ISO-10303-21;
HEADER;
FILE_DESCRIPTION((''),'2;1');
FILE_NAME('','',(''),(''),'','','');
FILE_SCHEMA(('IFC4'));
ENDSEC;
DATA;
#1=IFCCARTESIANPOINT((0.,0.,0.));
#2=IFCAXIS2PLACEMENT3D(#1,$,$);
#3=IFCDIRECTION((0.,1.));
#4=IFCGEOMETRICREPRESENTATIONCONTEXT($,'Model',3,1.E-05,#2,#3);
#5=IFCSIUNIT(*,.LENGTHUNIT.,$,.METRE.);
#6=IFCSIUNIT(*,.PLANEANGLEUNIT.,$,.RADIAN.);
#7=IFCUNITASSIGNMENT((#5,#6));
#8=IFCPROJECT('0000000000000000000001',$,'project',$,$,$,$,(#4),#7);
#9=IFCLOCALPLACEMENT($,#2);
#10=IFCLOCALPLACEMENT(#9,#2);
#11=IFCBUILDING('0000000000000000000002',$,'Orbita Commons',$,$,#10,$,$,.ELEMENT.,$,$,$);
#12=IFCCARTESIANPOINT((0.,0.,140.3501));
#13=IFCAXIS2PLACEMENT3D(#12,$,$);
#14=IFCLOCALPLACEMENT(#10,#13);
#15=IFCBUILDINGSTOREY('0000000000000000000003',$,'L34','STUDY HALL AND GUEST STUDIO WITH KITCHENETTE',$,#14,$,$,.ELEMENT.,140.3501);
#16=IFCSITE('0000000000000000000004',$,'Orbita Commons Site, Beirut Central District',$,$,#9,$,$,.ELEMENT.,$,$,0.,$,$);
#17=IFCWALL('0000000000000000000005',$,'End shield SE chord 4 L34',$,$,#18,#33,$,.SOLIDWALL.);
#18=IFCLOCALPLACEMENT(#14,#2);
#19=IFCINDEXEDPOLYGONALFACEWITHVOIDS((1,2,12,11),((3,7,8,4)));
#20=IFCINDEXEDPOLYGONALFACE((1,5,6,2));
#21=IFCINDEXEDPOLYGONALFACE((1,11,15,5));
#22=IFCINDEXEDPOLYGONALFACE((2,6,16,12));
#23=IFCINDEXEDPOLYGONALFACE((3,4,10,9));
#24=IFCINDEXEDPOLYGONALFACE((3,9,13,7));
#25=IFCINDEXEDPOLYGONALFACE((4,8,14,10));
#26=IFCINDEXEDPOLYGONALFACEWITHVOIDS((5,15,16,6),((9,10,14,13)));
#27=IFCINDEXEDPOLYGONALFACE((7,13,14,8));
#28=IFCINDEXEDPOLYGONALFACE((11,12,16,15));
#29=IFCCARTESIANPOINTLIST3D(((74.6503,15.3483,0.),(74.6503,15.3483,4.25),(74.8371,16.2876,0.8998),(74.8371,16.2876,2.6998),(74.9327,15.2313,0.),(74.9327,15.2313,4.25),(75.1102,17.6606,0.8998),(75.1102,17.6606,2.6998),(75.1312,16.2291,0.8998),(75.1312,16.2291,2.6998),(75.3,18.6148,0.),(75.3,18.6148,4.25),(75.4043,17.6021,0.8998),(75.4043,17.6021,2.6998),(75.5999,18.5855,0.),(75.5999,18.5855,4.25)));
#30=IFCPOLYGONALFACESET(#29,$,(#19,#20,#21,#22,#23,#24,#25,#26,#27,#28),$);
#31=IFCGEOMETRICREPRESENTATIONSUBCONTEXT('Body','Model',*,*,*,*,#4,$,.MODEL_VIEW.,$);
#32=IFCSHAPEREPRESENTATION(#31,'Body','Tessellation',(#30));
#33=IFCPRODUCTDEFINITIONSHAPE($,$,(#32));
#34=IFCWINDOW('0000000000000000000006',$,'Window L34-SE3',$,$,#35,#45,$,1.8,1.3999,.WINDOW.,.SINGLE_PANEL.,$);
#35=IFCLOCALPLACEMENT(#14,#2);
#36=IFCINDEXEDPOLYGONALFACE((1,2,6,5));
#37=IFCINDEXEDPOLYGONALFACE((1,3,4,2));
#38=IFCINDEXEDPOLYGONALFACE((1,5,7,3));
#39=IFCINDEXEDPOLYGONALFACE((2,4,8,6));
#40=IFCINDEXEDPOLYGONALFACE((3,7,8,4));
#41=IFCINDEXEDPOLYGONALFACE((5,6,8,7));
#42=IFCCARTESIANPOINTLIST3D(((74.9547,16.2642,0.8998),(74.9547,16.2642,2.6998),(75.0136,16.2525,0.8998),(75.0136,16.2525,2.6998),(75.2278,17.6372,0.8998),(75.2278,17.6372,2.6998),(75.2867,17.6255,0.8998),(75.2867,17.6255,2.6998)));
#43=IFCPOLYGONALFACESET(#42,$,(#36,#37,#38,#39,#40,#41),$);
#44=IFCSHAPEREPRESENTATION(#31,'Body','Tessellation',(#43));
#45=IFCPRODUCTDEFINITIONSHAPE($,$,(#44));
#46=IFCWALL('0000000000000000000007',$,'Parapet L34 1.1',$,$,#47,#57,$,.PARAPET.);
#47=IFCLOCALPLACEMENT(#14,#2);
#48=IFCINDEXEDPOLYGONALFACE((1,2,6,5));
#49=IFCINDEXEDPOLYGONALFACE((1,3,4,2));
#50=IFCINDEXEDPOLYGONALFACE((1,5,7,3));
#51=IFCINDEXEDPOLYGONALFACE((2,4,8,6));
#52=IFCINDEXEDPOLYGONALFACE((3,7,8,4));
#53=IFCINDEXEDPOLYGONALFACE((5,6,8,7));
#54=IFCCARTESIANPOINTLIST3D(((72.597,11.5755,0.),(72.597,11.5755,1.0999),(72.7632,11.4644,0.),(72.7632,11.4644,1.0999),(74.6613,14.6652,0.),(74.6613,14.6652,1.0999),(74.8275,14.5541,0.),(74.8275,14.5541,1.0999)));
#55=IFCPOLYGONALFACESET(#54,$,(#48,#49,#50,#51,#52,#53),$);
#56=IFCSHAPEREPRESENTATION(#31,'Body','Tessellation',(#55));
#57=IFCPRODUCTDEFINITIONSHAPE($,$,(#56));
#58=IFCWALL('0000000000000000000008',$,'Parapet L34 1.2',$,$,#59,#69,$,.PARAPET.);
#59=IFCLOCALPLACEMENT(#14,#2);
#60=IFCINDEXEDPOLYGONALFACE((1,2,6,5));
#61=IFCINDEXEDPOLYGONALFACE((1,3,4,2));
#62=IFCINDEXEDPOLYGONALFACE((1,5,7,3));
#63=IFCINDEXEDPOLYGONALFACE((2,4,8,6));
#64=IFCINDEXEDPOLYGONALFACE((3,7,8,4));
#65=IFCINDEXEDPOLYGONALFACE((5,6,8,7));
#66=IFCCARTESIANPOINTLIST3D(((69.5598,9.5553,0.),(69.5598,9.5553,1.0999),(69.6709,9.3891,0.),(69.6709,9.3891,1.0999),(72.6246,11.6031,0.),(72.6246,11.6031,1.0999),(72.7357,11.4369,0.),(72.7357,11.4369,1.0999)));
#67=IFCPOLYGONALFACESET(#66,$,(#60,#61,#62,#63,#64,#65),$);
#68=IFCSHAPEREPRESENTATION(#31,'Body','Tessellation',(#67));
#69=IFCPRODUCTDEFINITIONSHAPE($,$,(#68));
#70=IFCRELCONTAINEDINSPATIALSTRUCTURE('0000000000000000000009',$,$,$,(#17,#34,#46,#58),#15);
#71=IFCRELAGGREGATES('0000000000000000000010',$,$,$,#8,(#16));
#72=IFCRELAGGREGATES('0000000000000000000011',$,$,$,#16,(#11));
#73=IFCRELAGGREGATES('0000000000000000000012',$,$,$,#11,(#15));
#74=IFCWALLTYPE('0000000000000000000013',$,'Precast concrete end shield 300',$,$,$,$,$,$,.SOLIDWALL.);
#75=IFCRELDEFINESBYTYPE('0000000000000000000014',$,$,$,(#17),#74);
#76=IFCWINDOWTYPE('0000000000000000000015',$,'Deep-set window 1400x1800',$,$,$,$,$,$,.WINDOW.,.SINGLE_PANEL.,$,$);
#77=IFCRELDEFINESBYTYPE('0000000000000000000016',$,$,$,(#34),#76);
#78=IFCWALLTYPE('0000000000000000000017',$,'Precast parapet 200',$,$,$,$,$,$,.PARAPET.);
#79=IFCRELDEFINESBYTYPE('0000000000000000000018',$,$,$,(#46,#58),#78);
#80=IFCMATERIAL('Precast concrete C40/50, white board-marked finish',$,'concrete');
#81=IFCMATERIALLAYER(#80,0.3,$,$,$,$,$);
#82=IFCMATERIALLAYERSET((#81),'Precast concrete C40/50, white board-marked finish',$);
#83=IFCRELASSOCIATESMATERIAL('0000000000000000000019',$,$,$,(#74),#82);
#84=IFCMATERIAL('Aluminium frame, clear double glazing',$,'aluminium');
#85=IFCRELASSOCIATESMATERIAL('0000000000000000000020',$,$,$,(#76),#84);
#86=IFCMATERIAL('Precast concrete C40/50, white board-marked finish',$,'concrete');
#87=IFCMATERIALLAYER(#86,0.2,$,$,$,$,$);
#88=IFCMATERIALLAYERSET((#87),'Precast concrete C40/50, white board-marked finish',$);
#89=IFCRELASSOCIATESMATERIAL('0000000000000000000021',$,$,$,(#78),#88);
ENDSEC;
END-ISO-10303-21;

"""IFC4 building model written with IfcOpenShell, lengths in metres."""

from ifc_helpers import new_model, si_unit, direction, frame, frame_2d, origin, place, context, subcontext, project, spatial, polyline, rectangle, outline, extrude, material, layer, layer_set, type_object, element, fill, save


model = new_model("IFC4")

# Units and contexts
model_context = context("Model", 3, precision=1e-05, world=origin(), true_north=direction((0.0, 1.0)))
body_context = subcontext(model_context, "Body", "Model", "MODEL_VIEW")
ifc_project = project(units=[si_unit("LENGTHUNIT", "METRE"), si_unit("PLANEANGLEUNIT", "RADIAN")], contexts=[model_context])

# Site, building, storey
site_placement = place(None, origin())
site = spatial("IfcSite", under=ifc_project, at=site_placement, Name="Orbita Commons Site, Beirut Central District", CompositionType="ELEMENT", RefElevation=0.0)
building_placement = place(site_placement, origin())
building = spatial("IfcBuilding", under=site, at=building_placement, Name="Orbita Commons", CompositionType="ELEMENT")
storey_placement = place(building_placement, frame((0.0, 0.0, 140.3501)))
storey = spatial("IfcBuildingStorey", under=building, at=storey_placement, Name="L34", Description="STUDY HALL AND GUEST STUDIO WITH KITCHENETTE", CompositionType="ELEMENT", Elevation=140.3501)

# Shared definitions
ifc_material_1 = material(Name="Precast concrete C40/50, white board-marked finish", Category="concrete")
ifc_layer_1 = layer(ifc_material_1, 0.3)
ifc_layer_set_1 = layer_set([ifc_layer_1], Name="Precast concrete C40/50, white board-marked finish")
wall_type_1 = type_object("IfcWallType", Name="Precast concrete end shield 300", PredefinedType="SOLIDWALL", material=ifc_layer_set_1)

# Wall, opening, window
ifc_material_2 = material(Name="Aluminium frame, clear double glazing", Category="aluminium")
window_type_1 = type_object("IfcWindowType", Name="Deep-set window 1400x1800", PartitioningType="SINGLE_PANEL", PredefinedType="WINDOW", material=ifc_material_2)
wall_1_placement = place(storey_placement, frame((74.7915, 15.2898, 0.0), z_axis=(0.0, 0.0, 1.0), x_axis=(0.195087, 0.980786, 0.0)))
wall_1 = element("IfcWall", 1, at=wall_1_placement, inside=storey, type_object=wall_type_1, Name="End shield SE chord 4 L34", PredefinedType="SOLIDWALL", context=body_context, shape_type="SweptSolid", body=[
    extrude(outline(polyline([(-0.0298, -0.1499), (3.3901, -0.1499), (3.3604, 0.1499), (0.0298, 0.1499), (-0.0298, -0.1499)])), origin(), (0.0, 0.0, 1.0), 4.25),
])
opening_1_placement = place(wall_1_placement, frame((0.9875, 0.0, 0.8999)))
opening_1 = element("IfcOpeningElement", 2, at=opening_1_placement, cuts=wall_1, PredefinedType="OPENING", context=body_context, shape_type="SweptSolid", body=[
    extrude(rectangle(XDim=1.3999, YDim=1.8, at=frame_2d((0.7, 0.8999))), frame((0.0, 0.1599, 0.0), z_axis=(0.0, -1.0, 0.0), x_axis=(1.0, 0.0, 0.0)), (0.0, 0.0, 1.0), 0.3201),
])
window_1_placement = place(opening_1_placement, origin())
window_1 = element("IfcWindow", 3, at=window_1_placement, inside=storey, type_object=window_type_1, Name="Window L34-SE3", OverallHeight=1.8, OverallWidth=1.3999, PartitioningType="SINGLE_PANEL", PredefinedType="WINDOW", context=body_context, shape_type="SweptSolid", body=[
    extrude(rectangle(XDim=1.3999, YDim=1.8, at=frame_2d((0.7, 0.8999))), frame((0.0, 0.03, 0.0), z_axis=(0.0, -1.0, 0.0), x_axis=(1.0, 0.0, 0.0)), (0.0, 0.0, 1.0), 0.0601),
])
fill(opening_1, window_1)

# Walls
ifc_material_3 = material(Name="Precast concrete C40/50, white board-marked finish", Category="concrete")
ifc_layer_2 = layer(ifc_material_3, 0.2)
ifc_layer_set_2 = layer_set([ifc_layer_2], Name="Precast concrete C40/50, white board-marked finish")
wall_type_2 = type_object("IfcWallType", Name="Precast parapet 200", PredefinedType="PARAPET", material=ifc_layer_set_2)
wall_2_placement = place(storey_placement, frame((74.7444, 14.6096, 0.0), z_axis=(0.0, 0.0, 1.0), x_axis=(-0.555534, -0.831494, 0.0)))
element("IfcWall", 4, at=wall_2_placement, inside=storey, type_object=wall_type_2, Name="Parapet L34 1.1", PredefinedType="PARAPET", context=body_context, shape_type="SweptSolid", body=[
    extrude(rectangle(XDim=3.7158, YDim=0.2, at=frame_2d((1.8579, 0.0))), origin(), (0.0, 0.0, 1.0), 1.0999),
])
wall_3_placement = place(storey_placement, frame((72.6802, 11.52, 0.0), z_axis=(0.0, 0.0, 1.0), x_axis=(-0.831479, -0.555556, 0.0)))
element("IfcWall", 5, at=wall_3_placement, inside=storey, type_object=wall_type_2, Name="Parapet L34 1.2", PredefinedType="PARAPET", context=body_context, shape_type="SweptSolid", body=[
    extrude(rectangle(XDim=3.686, YDim=0.2, at=frame_2d((1.843, 0.0))), origin(), (0.0, 0.0, 1.0), 1.0999),
])

save(model, "model.ifc")
